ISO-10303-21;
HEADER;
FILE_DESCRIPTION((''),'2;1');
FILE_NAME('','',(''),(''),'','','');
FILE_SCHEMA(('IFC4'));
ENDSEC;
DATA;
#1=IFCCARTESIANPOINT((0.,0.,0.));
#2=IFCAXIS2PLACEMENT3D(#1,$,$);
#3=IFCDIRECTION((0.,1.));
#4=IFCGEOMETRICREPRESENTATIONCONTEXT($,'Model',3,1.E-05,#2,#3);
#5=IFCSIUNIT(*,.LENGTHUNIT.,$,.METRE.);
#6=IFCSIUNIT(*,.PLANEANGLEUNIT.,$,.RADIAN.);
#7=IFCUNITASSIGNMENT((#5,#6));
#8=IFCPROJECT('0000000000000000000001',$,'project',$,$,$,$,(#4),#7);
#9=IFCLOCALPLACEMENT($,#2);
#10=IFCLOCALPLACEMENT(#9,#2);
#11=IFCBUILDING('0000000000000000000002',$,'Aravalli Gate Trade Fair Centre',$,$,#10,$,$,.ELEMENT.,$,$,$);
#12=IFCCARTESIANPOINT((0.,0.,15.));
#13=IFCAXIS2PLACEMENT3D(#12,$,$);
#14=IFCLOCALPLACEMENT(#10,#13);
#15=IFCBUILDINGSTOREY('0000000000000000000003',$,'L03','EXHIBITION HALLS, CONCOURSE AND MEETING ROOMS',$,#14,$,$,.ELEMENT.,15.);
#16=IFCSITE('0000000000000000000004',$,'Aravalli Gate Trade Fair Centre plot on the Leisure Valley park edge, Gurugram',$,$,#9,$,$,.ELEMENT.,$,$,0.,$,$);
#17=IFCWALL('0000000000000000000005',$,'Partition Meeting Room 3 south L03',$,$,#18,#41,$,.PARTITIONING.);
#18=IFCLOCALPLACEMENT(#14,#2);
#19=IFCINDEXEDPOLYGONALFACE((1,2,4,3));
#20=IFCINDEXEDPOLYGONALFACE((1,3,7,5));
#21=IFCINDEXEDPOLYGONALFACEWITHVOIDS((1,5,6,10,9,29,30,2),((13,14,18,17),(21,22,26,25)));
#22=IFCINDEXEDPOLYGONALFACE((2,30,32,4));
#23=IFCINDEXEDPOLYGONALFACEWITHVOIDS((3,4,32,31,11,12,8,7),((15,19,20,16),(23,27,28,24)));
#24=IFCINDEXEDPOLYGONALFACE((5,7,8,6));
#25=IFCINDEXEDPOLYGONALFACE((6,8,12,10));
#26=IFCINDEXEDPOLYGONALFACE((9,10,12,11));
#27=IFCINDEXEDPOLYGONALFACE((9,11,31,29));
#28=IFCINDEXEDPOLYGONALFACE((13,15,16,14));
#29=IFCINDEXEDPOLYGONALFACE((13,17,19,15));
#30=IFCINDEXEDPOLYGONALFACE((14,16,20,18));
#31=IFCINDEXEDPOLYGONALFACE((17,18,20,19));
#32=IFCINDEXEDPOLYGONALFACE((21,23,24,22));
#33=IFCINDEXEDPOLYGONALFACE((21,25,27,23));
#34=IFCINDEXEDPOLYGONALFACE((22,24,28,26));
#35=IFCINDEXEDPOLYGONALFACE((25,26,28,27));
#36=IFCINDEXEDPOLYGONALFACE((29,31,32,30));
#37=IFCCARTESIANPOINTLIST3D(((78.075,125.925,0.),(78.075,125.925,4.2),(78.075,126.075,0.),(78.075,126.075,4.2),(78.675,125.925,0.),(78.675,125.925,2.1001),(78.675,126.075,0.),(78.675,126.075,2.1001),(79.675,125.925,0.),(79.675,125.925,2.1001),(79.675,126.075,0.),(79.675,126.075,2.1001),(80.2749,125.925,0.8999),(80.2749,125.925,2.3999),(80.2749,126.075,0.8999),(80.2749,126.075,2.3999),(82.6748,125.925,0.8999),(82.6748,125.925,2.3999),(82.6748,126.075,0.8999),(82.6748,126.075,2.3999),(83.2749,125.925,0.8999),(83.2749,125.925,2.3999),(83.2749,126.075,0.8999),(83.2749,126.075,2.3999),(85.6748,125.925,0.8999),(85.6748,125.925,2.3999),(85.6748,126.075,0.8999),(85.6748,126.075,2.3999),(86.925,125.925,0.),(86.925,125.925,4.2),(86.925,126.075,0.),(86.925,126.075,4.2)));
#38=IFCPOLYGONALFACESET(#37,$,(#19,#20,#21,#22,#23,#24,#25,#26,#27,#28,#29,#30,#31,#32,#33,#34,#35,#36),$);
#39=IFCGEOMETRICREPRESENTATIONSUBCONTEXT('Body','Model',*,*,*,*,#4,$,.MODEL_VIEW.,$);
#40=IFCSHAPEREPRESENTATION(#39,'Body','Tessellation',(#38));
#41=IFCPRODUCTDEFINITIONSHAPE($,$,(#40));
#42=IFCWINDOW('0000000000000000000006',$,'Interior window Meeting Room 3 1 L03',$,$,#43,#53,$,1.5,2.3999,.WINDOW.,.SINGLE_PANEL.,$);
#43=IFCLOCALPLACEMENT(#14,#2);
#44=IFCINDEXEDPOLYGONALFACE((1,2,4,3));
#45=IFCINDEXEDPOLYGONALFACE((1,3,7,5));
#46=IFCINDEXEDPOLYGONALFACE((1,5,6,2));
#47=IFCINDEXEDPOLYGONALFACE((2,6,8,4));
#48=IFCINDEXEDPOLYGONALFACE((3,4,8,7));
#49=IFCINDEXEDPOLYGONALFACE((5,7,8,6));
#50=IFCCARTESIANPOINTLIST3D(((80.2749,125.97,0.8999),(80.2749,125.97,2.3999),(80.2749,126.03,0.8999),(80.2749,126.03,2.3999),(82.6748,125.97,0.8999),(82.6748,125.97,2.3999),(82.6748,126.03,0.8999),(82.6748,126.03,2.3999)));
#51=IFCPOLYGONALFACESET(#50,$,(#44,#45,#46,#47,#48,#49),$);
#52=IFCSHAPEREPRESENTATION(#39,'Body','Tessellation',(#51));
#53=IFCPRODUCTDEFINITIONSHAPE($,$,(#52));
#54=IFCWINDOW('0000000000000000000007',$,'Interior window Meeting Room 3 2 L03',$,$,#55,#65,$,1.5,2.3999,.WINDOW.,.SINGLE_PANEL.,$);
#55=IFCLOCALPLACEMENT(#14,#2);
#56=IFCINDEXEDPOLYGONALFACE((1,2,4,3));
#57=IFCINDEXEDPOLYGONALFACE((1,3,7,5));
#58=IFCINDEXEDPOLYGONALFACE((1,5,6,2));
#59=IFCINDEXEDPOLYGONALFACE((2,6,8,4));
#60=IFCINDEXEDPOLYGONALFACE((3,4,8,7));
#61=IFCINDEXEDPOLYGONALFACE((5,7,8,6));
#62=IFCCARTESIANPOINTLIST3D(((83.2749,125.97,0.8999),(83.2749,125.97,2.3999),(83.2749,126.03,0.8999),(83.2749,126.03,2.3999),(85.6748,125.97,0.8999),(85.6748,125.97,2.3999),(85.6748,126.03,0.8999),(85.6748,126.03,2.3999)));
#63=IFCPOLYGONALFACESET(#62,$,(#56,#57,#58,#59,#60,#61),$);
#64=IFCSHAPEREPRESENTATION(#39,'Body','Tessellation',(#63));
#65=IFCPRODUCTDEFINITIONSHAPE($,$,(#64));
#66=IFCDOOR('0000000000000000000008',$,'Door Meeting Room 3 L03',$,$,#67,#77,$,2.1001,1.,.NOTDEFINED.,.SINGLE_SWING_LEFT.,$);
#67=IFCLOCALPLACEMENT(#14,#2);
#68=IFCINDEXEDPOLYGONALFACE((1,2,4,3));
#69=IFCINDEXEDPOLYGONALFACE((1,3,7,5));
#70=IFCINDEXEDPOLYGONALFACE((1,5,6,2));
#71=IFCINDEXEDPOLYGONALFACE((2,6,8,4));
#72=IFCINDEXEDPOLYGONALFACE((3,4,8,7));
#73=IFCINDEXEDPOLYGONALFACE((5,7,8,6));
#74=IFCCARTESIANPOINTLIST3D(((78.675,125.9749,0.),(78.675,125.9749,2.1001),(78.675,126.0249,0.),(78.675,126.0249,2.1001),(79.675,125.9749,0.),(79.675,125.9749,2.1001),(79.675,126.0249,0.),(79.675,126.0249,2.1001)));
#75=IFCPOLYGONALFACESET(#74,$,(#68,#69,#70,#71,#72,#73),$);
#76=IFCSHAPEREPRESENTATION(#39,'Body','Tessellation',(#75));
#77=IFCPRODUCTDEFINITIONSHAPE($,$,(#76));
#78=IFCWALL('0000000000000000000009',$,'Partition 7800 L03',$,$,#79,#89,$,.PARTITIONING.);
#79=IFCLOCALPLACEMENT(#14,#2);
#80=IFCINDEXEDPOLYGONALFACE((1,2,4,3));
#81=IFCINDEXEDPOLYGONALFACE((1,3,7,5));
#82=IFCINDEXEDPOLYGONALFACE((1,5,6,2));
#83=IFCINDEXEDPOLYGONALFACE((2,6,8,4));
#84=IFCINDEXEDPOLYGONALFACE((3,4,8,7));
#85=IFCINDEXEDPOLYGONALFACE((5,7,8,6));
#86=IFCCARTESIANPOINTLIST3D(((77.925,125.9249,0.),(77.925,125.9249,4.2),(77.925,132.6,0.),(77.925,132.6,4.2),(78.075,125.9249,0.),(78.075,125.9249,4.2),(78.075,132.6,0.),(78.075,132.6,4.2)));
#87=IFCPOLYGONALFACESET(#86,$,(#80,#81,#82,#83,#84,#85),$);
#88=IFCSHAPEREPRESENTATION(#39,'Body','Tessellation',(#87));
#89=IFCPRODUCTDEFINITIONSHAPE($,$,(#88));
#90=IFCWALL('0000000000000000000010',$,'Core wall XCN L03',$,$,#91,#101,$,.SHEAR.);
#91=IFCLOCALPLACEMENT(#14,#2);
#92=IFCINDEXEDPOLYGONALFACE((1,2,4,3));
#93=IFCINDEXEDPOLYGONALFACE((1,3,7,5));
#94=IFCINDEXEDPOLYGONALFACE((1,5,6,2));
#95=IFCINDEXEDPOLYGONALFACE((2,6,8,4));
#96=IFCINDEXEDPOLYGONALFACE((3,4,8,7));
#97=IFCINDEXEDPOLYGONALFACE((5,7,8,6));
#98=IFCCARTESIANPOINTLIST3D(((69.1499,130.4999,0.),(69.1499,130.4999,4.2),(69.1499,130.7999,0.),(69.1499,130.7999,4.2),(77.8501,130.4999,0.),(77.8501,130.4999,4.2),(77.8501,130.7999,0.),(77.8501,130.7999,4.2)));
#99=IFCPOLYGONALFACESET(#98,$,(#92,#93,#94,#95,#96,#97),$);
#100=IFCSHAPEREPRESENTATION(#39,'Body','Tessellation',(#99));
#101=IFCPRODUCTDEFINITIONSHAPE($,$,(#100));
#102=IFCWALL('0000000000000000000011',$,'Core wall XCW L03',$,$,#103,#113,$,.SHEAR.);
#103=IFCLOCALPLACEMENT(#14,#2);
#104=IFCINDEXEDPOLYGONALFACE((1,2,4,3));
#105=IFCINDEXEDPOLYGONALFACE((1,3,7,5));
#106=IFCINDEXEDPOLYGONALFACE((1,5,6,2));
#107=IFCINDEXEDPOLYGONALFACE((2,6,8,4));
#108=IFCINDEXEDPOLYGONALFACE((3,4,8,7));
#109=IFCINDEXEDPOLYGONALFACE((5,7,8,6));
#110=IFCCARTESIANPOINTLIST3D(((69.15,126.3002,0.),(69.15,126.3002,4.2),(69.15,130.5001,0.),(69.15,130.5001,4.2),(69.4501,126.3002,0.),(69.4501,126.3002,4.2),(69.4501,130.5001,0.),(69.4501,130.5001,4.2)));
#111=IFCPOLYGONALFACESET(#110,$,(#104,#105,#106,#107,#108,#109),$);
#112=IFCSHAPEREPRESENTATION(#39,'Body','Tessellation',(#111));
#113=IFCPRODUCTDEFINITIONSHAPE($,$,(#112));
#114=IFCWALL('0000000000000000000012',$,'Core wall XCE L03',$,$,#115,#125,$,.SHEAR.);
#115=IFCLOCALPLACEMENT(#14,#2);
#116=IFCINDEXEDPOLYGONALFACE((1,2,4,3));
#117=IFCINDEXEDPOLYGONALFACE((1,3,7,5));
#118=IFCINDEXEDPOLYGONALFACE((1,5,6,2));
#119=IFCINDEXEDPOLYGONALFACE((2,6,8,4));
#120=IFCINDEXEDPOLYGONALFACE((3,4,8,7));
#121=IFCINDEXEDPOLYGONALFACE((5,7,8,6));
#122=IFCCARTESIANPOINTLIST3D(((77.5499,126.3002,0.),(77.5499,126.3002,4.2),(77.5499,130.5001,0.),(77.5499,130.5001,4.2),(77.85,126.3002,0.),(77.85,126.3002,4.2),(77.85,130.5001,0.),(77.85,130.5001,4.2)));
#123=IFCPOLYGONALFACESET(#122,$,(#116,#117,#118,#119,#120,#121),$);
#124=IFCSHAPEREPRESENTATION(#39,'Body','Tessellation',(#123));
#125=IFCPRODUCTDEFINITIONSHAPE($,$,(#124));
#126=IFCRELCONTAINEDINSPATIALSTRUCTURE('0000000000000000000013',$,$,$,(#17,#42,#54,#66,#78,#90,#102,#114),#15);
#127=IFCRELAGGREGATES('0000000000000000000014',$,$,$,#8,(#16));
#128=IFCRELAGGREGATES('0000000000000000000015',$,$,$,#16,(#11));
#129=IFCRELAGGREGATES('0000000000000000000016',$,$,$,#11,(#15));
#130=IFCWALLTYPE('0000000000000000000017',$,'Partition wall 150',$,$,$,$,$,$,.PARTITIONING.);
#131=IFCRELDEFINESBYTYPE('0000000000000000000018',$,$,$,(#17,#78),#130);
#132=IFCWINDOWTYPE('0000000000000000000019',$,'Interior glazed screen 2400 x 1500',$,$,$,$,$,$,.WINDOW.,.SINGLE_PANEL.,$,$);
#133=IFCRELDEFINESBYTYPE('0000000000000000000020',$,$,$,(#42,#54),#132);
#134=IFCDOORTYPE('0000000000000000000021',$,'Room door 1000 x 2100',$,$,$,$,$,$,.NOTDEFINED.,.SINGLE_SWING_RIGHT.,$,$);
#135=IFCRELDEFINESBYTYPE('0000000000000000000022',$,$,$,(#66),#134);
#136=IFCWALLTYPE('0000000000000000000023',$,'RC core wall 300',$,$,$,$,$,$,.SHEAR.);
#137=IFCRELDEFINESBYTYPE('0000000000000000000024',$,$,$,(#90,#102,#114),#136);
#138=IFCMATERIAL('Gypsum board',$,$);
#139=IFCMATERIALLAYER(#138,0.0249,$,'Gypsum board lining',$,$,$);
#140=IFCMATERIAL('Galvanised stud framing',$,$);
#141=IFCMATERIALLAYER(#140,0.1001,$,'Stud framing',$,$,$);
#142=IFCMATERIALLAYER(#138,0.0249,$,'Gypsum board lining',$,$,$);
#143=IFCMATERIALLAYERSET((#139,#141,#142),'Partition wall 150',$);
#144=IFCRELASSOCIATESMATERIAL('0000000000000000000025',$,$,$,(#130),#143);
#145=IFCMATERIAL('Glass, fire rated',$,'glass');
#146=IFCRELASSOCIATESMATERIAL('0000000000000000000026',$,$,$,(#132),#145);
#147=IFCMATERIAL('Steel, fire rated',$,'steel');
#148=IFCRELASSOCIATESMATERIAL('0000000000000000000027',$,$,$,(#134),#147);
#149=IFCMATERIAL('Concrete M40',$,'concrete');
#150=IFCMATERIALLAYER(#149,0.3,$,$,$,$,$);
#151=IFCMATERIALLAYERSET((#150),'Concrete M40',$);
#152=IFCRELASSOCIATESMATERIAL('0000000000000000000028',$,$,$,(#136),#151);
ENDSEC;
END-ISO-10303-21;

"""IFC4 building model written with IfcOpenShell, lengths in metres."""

from ifc_helpers import new_model, si_unit, direction, frame, frame_2d, origin, place, context, subcontext, project, spatial, rectangle, extrude, material, layer, layer_set, type_object, element, fill, save


model = new_model("IFC4")

# Units and contexts
model_context = context("Model", 3, precision=1e-05, world=origin(), true_north=direction((0.0, 1.0)))
body_context = subcontext(model_context, "Body", "Model", "MODEL_VIEW")
ifc_project = project(units=[si_unit("LENGTHUNIT", "METRE"), si_unit("PLANEANGLEUNIT", "RADIAN")], contexts=[model_context])

# Site, building, storey
site_placement = place(None, origin())
site = spatial("IfcSite", under=ifc_project, at=site_placement, Name="Aravalli Gate Trade Fair Centre plot on the Leisure Valley park edge, Gurugram", CompositionType="ELEMENT", RefElevation=0.0)
building_placement = place(site_placement, origin())
building = spatial("IfcBuilding", under=site, at=building_placement, Name="Aravalli Gate Trade Fair Centre", CompositionType="ELEMENT")
storey_placement = place(building_placement, frame((0.0, 0.0, 15.0)))
storey = spatial("IfcBuildingStorey", under=building, at=storey_placement, Name="L03", Description="EXHIBITION HALLS, CONCOURSE AND MEETING ROOMS", CompositionType="ELEMENT", Elevation=15.0)

# Shared definitions
ifc_material_1 = material(Name="Concrete M40", Category="concrete")

# Wall, openings, windows, door
ifc_material_2 = material(Name="Gypsum board")
ifc_layer_1 = layer(ifc_material_2, 0.0249, Name="Gypsum board lining")
ifc_material_3 = material(Name="Galvanised stud framing")
ifc_layer_2 = layer(ifc_material_3, 0.1001, Name="Stud framing")
ifc_layer_3 = layer(ifc_material_2, 0.0249, Name="Gypsum board lining")
ifc_layer_set_1 = layer_set([ifc_layer_1, ifc_layer_2, ifc_layer_3], Name="Partition wall 150")
wall_type_1 = type_object("IfcWallType", Name="Partition wall 150", PredefinedType="PARTITIONING", material=ifc_layer_set_1)
wall_1_placement = place(storey_placement, frame((78.075, 126.0, 0.0), z_axis=(0.0, 0.0, 1.0), x_axis=(1.0, 0.0, 0.0)))
wall_1 = element("IfcWall", 1, at=wall_1_placement, inside=storey, type_object=wall_type_1, Name="Partition Meeting Room 3 south L03", PredefinedType="PARTITIONING", context=body_context, shape_type="SweptSolid", body=[
    extrude(rectangle(XDim=8.8501, YDim=0.1499, at=frame_2d((4.425, 0.0))), origin(), (0.0, 0.0, 1.0), 4.2),
])
opening_1_placement = place(wall_1_placement, frame((0.6001, 0.0, 0.0)))
opening_1 = element("IfcOpeningElement", 2, at=opening_1_placement, cuts=wall_1, PredefinedType="OPENING", context=body_context, shape_type="SweptSolid", body=[
    extrude(rectangle(XDim=1.0, YDim=2.1001, at=frame_2d((0.5, 1.05))), frame((0.0, 0.085, 0.0), z_axis=(0.0, -1.0, 0.0), x_axis=(1.0, 0.0, 0.0)), (0.0, 0.0, 1.0), 0.1699),
])
opening_2_placement = place(wall_1_placement, frame((2.2, 0.0, 0.8999)))
opening_2 = element("IfcOpeningElement", 3, at=opening_2_placement, cuts=wall_1, PredefinedType="OPENING", context=body_context, shape_type="SweptSolid", body=[
    extrude(rectangle(XDim=2.3999, YDim=1.5, at=frame_2d((1.2, 0.75))), frame((0.0, 0.085, 0.0), z_axis=(0.0, -1.0, 0.0), x_axis=(1.0, 0.0, 0.0)), (0.0, 0.0, 1.0), 0.1699),
])
opening_3_placement = place(wall_1_placement, frame((5.2, 0.0, 0.8999)))
opening_3 = element("IfcOpeningElement", 4, at=opening_3_placement, cuts=wall_1, PredefinedType="OPENING", context=body_context, shape_type="SweptSolid", body=[
    extrude(rectangle(XDim=2.3999, YDim=1.5, at=frame_2d((1.2, 0.75))), frame((0.0, 0.085, 0.0), z_axis=(0.0, -1.0, 0.0), x_axis=(1.0, 0.0, 0.0)), (0.0, 0.0, 1.0), 0.1699),
])
ifc_material_4 = material(Name="Glass, fire rated", Category="glass")
window_type = type_object("IfcWindowType", Name="Interior glazed screen 2400 x 1500", PartitioningType="SINGLE_PANEL", PredefinedType="WINDOW", material=ifc_material_4)
window_1_placement = place(opening_2_placement, origin())
window_1 = element("IfcWindow", 5, at=window_1_placement, inside=storey, type_object=window_type, Name="Interior window Meeting Room 3 1 L03", OverallHeight=1.5, OverallWidth=2.3999, PartitioningType="SINGLE_PANEL", PredefinedType="WINDOW", context=body_context, shape_type="SweptSolid", body=[
    extrude(rectangle(XDim=2.3999, YDim=1.5, at=frame_2d((1.2, 0.75))), frame((0.0, 0.03, 0.0), z_axis=(0.0, -1.0, 0.0), x_axis=(1.0, 0.0, 0.0)), (0.0, 0.0, 1.0), 0.0601),
])
fill(opening_2, window_1)
window_2_placement = place(opening_3_placement, origin())
window_2 = element("IfcWindow", 6, at=window_2_placement, inside=storey, type_object=window_type, Name="Interior window Meeting Room 3 2 L03", OverallHeight=1.5, OverallWidth=2.3999, PartitioningType="SINGLE_PANEL", PredefinedType="WINDOW", context=body_context, shape_type="SweptSolid", body=[
    extrude(rectangle(XDim=2.3999, YDim=1.5, at=frame_2d((1.2, 0.75))), frame((0.0, 0.03, 0.0), z_axis=(0.0, -1.0, 0.0), x_axis=(1.0, 0.0, 0.0)), (0.0, 0.0, 1.0), 0.0601),
])
fill(opening_3, window_2)
ifc_material_5 = material(Name="Steel, fire rated", Category="steel")
door_type_1 = type_object("IfcDoorType", Name="Room door 1000 x 2100", OperationType="SINGLE_SWING_RIGHT", PredefinedType="NOTDEFINED", material=ifc_material_5)
door_1_placement = place(opening_1_placement, origin())
door_1 = element("IfcDoor", 7, at=door_1_placement, inside=storey, type_object=door_type_1, Name="Door Meeting Room 3 L03", OperationType="SINGLE_SWING_LEFT", OverallHeight=2.1001, OverallWidth=1.0, PredefinedType="NOTDEFINED", context=body_context, shape_type="SweptSolid", body=[
    extrude(rectangle(XDim=1.0, YDim=2.1001, at=frame_2d((0.5, 1.05))), frame((0.0, 0.0249, 0.0), z_axis=(0.0, -1.0, 0.0), x_axis=(1.0, 0.0, 0.0)), (0.0, 0.0, 1.0), 0.05),
])
fill(opening_1, door_1)

# Walls
wall_2_placement = place(storey_placement, frame((78.0, 125.925, 0.0), z_axis=(0.0, 0.0, 1.0), x_axis=(0.0, 1.0, 0.0)))
element("IfcWall", 8, at=wall_2_placement, inside=storey, type_object=wall_type_1, Name="Partition 7800 L03", PredefinedType="PARTITIONING", context=body_context, shape_type="SweptSolid", body=[
    extrude(rectangle(XDim=6.675, YDim=0.1499, at=frame_2d((3.3374, 0.0))), origin(), (0.0, 0.0, 1.0), 4.2),
])
ifc_layer_4 = layer(ifc_material_1, 0.3)
ifc_layer_set_2 = layer_set([ifc_layer_4], Name="Concrete M40")
wall_type_2 = type_object("IfcWallType", Name="RC core wall 300", PredefinedType="SHEAR", material=ifc_layer_set_2)
wall_3_placement = place(storey_placement, frame((69.1499, 130.6499, 0.0), z_axis=(0.0, 0.0, 1.0), x_axis=(1.0, 0.0, 0.0)))
element("IfcWall", 9, at=wall_3_placement, inside=storey, type_object=wall_type_2, Name="Core wall XCN L03", PredefinedType="SHEAR", context=body_context, shape_type="SweptSolid", body=[
    extrude(rectangle(XDim=8.7002, YDim=0.3, at=frame_2d((4.3501, 0.0))), origin(), (0.0, 0.0, 1.0), 4.2),
])
for number, where, z_axis, x_axis, name in (
    (10, (69.3, 126.3, 0.0), (0.0, 0.0, 1.0), (0.0, 1.0, 0.0), "Core wall XCW L03"),
    (11, (77.7, 126.3, 0.0), (0.0, 0.0, 1.0), (0.0, 1.0, 0.0), "Core wall XCE L03"),
):
    element("IfcWall", number, at=place(storey_placement, frame(where, z_axis=z_axis, x_axis=x_axis)), inside=storey, type_object=wall_type_2, Name=name, PredefinedType="SHEAR", context=body_context, shape_type="SweptSolid", body=[
        extrude(rectangle(XDim=4.2, YDim=0.3, at=frame_2d((2.1001, 0.0))), origin(), (0.0, 0.0, 1.0), 4.2),
    ])

save(model, "model.ifc")
